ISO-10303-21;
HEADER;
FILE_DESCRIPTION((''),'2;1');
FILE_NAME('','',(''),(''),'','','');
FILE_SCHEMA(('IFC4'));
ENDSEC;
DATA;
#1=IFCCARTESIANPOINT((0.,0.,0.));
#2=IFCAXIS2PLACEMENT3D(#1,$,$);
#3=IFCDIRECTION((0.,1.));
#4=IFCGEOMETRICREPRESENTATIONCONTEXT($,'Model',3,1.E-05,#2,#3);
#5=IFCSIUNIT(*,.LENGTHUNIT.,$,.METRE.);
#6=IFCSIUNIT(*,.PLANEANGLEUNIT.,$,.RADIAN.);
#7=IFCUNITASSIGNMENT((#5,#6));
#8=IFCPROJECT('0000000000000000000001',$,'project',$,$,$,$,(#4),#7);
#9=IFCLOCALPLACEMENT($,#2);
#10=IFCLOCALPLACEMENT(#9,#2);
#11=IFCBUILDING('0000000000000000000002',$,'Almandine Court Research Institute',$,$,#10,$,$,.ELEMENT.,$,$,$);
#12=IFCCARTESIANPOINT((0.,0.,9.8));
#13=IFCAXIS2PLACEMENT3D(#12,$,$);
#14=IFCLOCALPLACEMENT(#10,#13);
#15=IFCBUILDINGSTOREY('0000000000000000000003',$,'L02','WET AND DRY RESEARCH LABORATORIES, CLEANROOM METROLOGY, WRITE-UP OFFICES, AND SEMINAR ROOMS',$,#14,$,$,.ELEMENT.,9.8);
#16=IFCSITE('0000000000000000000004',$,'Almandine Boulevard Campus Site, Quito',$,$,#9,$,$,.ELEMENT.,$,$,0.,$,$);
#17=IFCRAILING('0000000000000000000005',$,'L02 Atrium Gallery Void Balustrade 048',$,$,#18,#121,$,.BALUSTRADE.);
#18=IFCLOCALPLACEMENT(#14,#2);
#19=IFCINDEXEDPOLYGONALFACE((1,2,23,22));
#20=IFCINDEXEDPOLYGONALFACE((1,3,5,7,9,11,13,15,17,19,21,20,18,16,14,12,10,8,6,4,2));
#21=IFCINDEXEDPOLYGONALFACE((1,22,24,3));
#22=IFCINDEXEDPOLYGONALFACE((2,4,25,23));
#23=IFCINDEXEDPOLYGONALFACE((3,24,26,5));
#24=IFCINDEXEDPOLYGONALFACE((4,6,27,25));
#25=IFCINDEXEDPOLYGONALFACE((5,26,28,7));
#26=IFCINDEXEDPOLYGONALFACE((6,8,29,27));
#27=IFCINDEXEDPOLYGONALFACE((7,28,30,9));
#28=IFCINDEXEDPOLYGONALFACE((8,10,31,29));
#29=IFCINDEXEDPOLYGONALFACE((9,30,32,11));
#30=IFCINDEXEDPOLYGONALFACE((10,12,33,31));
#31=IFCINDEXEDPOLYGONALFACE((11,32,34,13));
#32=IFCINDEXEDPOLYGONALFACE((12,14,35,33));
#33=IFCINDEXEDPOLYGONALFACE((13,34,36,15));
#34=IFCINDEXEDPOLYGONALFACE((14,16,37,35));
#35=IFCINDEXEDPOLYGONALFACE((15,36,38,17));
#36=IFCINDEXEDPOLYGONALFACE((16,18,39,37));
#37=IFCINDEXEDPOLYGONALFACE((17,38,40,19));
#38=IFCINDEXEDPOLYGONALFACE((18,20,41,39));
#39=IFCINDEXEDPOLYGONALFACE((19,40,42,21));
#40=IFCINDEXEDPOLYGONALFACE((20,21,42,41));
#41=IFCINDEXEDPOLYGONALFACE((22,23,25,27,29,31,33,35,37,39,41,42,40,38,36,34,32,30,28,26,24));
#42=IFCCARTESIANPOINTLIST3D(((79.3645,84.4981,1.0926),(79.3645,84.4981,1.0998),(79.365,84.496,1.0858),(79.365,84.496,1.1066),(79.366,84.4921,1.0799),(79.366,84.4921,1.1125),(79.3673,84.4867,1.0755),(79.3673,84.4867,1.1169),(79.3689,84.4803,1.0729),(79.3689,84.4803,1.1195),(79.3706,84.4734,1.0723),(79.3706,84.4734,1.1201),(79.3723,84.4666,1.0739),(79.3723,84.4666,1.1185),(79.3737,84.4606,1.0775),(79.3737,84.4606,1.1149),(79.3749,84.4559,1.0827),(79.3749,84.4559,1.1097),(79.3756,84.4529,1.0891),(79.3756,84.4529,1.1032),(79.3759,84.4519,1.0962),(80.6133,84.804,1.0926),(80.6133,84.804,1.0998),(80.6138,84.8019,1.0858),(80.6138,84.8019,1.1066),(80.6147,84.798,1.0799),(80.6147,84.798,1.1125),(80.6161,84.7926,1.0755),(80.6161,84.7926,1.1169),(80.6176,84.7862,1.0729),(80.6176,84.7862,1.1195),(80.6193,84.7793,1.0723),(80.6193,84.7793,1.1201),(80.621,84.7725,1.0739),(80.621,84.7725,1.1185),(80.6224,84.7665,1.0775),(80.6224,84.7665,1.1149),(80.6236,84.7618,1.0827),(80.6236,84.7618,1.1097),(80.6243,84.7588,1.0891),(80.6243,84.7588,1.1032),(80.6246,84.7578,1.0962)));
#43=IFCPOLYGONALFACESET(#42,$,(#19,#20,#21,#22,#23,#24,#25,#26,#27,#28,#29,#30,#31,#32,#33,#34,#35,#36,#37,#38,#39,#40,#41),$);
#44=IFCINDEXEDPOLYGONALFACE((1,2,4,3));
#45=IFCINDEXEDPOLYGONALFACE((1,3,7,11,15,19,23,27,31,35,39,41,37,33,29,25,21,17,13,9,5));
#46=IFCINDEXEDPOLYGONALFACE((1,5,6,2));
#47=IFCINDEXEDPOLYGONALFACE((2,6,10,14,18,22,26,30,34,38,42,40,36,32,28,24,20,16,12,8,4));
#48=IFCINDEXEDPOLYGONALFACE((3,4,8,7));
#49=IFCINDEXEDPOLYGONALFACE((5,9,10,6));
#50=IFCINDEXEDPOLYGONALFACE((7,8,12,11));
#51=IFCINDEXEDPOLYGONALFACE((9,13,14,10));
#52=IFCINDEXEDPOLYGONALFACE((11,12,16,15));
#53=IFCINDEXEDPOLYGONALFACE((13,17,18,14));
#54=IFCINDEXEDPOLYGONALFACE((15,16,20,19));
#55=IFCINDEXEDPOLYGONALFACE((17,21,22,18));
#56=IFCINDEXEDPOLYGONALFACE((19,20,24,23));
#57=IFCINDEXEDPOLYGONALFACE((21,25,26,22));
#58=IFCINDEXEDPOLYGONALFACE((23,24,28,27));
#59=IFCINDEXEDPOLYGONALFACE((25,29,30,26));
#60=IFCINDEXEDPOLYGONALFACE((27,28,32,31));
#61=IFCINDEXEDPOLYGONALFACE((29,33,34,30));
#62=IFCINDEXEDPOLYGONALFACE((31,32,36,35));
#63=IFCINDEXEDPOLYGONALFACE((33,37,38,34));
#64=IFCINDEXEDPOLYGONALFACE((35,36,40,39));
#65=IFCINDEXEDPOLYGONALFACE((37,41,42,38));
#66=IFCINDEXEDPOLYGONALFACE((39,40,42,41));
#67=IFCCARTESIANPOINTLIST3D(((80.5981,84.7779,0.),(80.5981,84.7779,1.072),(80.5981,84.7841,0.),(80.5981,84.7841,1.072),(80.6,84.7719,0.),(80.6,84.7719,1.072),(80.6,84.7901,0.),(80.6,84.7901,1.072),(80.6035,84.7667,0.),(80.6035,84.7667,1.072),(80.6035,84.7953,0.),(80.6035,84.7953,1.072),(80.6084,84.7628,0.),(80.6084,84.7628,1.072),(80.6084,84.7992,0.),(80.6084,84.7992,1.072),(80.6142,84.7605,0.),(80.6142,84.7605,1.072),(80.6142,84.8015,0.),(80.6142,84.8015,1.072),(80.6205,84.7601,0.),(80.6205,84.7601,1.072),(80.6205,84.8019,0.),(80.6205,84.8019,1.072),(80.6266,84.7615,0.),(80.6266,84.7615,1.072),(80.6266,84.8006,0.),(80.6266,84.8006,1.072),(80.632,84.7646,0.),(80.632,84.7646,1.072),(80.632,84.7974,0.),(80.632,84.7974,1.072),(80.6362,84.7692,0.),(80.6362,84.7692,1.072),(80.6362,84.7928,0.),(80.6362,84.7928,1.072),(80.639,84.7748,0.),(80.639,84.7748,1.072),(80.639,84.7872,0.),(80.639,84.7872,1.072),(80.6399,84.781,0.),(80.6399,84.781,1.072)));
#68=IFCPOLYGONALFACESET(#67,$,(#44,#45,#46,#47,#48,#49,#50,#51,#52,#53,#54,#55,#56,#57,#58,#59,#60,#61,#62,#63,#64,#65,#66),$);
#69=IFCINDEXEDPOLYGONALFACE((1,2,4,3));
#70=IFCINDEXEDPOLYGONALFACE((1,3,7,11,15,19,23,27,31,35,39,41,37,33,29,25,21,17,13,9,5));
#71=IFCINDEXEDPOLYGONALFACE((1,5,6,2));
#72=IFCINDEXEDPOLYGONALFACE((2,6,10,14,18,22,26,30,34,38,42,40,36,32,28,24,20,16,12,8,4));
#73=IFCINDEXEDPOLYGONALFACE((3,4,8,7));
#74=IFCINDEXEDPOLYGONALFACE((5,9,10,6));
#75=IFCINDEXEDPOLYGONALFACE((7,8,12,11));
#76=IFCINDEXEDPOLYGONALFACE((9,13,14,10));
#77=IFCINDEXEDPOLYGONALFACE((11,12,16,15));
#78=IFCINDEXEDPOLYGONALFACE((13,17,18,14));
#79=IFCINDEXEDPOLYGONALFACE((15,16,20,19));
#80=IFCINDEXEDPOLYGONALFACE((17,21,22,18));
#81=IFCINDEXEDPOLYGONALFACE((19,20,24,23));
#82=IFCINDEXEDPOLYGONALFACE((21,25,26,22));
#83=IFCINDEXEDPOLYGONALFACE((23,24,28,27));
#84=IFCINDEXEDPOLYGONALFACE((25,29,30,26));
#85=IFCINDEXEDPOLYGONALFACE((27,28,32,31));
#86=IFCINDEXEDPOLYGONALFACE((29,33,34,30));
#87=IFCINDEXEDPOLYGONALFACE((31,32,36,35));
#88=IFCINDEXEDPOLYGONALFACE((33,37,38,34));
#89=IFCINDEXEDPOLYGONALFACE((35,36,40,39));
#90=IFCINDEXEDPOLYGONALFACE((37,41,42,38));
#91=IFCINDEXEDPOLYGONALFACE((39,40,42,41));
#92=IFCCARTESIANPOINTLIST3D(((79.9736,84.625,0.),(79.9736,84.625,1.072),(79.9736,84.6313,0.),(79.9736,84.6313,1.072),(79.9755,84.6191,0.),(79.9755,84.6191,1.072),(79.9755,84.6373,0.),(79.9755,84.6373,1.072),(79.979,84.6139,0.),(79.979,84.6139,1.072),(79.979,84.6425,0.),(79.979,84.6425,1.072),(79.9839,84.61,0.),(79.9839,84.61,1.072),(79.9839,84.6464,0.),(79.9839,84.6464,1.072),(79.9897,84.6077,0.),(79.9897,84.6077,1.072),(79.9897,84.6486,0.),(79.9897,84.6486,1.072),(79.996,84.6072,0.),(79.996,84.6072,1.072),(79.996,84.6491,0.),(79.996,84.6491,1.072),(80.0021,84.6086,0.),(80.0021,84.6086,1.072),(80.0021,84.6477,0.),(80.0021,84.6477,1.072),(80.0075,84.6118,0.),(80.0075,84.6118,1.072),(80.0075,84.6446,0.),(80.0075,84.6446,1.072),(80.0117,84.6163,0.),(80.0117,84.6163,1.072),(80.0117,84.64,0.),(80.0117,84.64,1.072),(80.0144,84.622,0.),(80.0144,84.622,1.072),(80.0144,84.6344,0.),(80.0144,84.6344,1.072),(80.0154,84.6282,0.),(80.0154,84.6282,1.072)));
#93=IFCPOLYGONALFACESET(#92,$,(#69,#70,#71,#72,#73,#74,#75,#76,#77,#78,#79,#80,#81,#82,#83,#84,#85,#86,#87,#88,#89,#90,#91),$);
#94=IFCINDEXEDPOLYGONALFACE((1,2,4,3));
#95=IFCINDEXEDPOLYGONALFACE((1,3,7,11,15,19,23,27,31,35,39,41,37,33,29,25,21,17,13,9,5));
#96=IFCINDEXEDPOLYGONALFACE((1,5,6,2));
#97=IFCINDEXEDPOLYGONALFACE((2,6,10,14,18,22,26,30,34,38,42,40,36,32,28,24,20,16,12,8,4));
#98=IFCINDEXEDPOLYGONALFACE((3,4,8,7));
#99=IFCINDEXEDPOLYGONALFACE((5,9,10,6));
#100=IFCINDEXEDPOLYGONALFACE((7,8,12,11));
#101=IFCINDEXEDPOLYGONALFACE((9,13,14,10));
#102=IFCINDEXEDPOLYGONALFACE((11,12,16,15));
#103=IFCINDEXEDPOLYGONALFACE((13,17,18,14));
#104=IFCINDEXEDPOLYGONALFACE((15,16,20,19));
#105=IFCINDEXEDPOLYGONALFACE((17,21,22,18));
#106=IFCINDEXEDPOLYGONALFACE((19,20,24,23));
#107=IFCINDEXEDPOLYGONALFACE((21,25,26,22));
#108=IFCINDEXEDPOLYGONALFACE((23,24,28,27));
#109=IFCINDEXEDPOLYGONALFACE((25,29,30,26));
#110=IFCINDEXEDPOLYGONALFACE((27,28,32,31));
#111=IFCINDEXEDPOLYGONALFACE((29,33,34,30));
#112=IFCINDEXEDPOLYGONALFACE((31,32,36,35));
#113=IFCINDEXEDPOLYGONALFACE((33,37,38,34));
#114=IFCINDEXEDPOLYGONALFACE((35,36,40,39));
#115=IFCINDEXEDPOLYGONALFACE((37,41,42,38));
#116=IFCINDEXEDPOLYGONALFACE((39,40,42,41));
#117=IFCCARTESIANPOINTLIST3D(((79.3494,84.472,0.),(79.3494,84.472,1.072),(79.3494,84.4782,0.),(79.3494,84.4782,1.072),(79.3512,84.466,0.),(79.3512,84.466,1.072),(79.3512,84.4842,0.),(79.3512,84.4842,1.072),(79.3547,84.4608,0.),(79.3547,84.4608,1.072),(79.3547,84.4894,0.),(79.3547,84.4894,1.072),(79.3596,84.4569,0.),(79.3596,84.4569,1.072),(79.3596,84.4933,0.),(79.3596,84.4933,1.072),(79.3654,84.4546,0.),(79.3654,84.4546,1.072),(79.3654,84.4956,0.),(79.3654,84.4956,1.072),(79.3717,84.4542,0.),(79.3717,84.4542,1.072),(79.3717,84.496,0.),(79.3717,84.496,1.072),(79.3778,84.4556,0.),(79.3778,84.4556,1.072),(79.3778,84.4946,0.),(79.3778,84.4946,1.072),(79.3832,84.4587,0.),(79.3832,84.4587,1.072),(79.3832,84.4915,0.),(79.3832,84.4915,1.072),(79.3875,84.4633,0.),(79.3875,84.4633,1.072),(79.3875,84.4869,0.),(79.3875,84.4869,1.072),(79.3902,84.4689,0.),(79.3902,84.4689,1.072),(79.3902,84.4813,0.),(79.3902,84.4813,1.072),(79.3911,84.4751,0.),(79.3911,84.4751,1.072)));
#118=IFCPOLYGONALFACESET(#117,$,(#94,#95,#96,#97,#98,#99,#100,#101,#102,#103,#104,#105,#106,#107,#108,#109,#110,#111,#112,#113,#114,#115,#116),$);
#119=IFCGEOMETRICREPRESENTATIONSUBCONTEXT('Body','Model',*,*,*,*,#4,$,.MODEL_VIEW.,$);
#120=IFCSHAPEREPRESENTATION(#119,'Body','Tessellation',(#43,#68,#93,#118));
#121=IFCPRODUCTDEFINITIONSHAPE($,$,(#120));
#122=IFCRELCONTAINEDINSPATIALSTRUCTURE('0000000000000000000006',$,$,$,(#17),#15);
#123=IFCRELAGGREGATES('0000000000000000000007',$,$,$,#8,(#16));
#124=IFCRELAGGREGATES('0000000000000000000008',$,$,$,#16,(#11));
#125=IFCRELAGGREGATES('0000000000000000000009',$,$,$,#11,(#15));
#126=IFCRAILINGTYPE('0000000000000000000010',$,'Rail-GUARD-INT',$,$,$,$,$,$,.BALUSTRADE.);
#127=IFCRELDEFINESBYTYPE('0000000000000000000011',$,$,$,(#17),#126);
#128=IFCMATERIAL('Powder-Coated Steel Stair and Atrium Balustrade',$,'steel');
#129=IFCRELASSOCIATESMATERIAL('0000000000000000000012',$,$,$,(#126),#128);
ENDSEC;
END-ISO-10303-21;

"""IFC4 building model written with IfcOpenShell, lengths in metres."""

from ifc_helpers import new_model, si_unit, direction, frame, origin, origin_2d, place, context, subcontext, project, spatial, circle, extrude, material, type_object, element, save


model = new_model("IFC4")

# Units and contexts
model_context = context("Model", 3, precision=1e-05, world=origin(), true_north=direction((0.0, 1.0)))
body_context = subcontext(model_context, "Body", "Model", "MODEL_VIEW")
ifc_project = project(units=[si_unit("LENGTHUNIT", "METRE"), si_unit("PLANEANGLEUNIT", "RADIAN")], contexts=[model_context])

# Site, building, storey
site_placement = place(None, origin())
site = spatial("IfcSite", under=ifc_project, at=site_placement, Name="Almandine Boulevard Campus Site, Quito", CompositionType="ELEMENT", RefElevation=0.0)
building_placement = place(site_placement, origin())
building = spatial("IfcBuilding", under=site, at=building_placement, Name="Almandine Court Research Institute", CompositionType="ELEMENT")
storey_placement = place(building_placement, frame((0.0, 0.0, 9.8)))
storey = spatial("IfcBuildingStorey", under=building, at=storey_placement, Name="L02", Description="WET AND DRY RESEARCH LABORATORIES, CLEANROOM METROLOGY, WRITE-UP OFFICES, AND SEMINAR ROOMS", CompositionType="ELEMENT", Elevation=9.8)

# Railing
ifc_material_1 = material(Name="Powder-Coated Steel Stair and Atrium Balustrade", Category="steel")
railing_type_1 = type_object("IfcRailingType", Name="Rail-GUARD-INT", PredefinedType="BALUSTRADE", material=ifc_material_1)
railing_1_placement = place(storey_placement, frame((80.6189, 84.781, 0.0)))
element("IfcRailing", 1, at=railing_1_placement, inside=storey, type_object=railing_type_1, Name="L02 Atrium Gallery Void Balustrade 048", PredefinedType="BALUSTRADE", context=body_context, shape_type="SweptSolid", body=[
    extrude(circle(Radius=0.0239, at=origin_2d()), frame((0.0, 0.0, 1.0962), z_axis=(-0.971282, -0.237931, 0.0), x_axis=(0.237931, -0.971282, 0.0)), (0.0, 0.0, 1.0), 1.2856),
    extrude(circle(Radius=0.021, at=origin_2d()), origin(), (0.0, 0.0, 1.0), 1.072),
    extrude(circle(Radius=0.021, at=origin_2d()), frame((-0.6245, -0.1528, 0.0)), (0.0, 0.0, 1.0), 1.072),
    extrude(circle(Radius=0.021, at=origin_2d()), frame((-1.2488, -0.3059, 0.0)), (0.0, 0.0, 1.0), 1.072),
])

save(model, "model.ifc")
